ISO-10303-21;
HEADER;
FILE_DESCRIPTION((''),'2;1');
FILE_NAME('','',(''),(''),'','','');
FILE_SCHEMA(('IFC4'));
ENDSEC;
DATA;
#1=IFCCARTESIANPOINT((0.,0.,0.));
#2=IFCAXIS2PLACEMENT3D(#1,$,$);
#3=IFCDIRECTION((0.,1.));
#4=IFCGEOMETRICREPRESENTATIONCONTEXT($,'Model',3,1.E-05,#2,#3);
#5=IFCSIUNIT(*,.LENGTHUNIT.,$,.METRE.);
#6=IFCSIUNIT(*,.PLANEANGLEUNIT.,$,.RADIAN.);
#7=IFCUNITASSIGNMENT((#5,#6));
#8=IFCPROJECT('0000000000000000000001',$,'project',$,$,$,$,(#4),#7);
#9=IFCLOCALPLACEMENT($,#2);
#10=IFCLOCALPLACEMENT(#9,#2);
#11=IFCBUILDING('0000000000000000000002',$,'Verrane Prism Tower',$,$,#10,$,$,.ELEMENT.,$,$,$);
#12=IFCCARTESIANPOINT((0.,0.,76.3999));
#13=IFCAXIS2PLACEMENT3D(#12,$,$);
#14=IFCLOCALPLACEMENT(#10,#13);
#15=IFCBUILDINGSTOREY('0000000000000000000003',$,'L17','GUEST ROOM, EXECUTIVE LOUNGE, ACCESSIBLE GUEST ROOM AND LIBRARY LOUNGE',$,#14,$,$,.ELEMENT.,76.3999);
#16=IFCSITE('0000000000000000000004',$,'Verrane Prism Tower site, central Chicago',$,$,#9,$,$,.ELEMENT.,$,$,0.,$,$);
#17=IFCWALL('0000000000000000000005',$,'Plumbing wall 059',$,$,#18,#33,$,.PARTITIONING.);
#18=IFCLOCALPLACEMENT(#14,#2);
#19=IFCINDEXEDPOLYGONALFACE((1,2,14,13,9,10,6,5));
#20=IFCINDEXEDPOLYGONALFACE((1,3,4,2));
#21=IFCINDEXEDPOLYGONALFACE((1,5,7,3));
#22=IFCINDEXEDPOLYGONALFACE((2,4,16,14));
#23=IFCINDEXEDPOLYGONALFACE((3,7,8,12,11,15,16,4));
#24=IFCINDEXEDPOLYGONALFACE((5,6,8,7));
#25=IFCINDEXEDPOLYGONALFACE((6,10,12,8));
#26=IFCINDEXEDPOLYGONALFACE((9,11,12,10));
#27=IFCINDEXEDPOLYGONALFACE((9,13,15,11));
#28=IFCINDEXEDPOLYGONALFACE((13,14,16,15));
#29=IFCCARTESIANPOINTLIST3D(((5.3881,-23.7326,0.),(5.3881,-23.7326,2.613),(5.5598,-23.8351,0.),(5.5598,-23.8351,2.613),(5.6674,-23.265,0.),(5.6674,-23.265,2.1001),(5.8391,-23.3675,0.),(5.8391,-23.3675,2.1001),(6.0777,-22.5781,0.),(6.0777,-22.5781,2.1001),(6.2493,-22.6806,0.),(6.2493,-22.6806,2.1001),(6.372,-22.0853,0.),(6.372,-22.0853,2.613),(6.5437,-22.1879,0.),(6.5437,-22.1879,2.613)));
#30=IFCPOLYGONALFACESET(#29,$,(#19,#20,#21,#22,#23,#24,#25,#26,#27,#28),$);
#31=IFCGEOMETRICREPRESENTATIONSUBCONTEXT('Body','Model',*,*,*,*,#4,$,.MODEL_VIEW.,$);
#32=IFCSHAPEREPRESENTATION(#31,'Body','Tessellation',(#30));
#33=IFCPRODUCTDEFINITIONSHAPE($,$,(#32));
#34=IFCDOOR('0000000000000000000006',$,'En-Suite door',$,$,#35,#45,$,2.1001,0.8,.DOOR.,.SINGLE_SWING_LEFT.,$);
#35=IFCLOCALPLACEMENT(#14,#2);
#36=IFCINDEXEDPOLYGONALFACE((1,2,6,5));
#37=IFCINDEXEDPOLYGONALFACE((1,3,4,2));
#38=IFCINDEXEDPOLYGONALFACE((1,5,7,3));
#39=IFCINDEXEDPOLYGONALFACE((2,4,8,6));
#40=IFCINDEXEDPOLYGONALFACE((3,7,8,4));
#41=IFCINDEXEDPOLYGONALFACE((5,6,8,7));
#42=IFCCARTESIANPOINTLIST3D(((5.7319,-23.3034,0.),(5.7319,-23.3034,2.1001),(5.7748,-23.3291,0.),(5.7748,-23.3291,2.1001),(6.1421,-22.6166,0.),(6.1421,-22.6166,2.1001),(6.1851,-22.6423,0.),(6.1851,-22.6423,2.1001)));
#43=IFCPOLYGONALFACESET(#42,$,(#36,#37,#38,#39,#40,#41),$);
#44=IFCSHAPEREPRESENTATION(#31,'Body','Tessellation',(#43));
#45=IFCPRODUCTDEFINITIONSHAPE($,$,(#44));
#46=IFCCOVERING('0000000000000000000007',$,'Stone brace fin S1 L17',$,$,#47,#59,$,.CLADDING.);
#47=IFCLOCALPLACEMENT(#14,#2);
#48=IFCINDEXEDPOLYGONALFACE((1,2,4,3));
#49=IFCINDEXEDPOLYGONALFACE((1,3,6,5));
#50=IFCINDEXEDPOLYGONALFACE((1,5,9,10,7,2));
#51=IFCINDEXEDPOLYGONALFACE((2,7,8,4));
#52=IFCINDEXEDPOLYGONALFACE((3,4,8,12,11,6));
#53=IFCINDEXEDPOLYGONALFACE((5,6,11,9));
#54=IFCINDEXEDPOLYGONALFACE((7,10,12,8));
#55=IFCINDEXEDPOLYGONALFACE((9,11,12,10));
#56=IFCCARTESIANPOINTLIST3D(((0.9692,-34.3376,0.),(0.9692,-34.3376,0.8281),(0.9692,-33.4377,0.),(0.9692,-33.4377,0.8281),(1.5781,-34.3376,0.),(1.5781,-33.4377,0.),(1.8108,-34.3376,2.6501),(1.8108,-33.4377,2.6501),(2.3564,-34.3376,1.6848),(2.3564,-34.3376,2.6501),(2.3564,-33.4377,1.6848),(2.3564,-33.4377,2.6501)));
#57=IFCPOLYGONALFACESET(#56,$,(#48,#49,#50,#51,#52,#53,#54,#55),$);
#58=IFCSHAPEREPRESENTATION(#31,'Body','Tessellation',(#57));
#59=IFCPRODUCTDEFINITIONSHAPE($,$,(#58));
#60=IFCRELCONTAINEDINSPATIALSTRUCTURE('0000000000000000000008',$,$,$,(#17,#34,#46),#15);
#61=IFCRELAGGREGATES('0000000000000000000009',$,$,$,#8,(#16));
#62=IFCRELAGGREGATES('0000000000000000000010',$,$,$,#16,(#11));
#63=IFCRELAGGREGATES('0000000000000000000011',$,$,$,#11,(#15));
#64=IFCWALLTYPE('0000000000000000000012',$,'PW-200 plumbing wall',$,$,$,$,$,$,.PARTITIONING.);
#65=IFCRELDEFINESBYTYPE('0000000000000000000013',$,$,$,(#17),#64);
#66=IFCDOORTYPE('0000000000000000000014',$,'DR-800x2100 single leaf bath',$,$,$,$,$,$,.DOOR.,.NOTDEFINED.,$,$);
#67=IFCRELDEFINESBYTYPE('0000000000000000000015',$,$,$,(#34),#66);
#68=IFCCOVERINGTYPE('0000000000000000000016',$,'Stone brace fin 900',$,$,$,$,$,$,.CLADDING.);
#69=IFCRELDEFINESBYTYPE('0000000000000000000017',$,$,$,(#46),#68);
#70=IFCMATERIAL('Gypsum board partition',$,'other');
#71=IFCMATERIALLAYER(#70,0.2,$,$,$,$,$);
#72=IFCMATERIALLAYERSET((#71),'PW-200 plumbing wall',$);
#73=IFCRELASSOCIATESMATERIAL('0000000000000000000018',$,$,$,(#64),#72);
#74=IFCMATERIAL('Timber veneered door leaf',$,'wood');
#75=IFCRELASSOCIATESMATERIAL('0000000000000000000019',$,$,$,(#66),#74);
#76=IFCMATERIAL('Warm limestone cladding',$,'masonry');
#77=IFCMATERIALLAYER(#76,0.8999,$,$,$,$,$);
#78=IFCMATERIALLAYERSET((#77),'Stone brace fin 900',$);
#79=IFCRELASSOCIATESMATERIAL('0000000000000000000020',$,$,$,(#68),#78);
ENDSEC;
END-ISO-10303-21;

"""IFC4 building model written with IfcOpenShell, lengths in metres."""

from ifc_helpers import new_model, si_unit, direction, frame, frame_2d, origin, place, context, subcontext, project, spatial, polyline, rectangle, outline, extrude, material, layer, layer_set, type_object, element, fill, save


model = new_model("IFC4")

# Units and contexts
model_context = context("Model", 3, precision=1e-05, world=origin(), true_north=direction((0.0, 1.0)))
body_context = subcontext(model_context, "Body", "Model", "MODEL_VIEW")
ifc_project = project(units=[si_unit("LENGTHUNIT", "METRE"), si_unit("PLANEANGLEUNIT", "RADIAN")], contexts=[model_context])

# Site, building, storey
site_placement = place(None, origin())
site = spatial("IfcSite", under=ifc_project, at=site_placement, Name="Verrane Prism Tower site, central Chicago", CompositionType="ELEMENT", RefElevation=0.0)
building_placement = place(site_placement, origin())
building = spatial("IfcBuilding", under=site, at=building_placement, Name="Verrane Prism Tower", CompositionType="ELEMENT")
storey_placement = place(building_placement, frame((0.0, 0.0, 76.3999)))
storey = spatial("IfcBuildingStorey", under=building, at=storey_placement, Name="L17", Description="GUEST ROOM, EXECUTIVE LOUNGE, ACCESSIBLE GUEST ROOM AND LIBRARY LOUNGE", CompositionType="ELEMENT", Elevation=76.3999)

# Shared definitions
ifc_material_1 = material(Name="Gypsum board partition", Category="other")
ifc_layer_1 = layer(ifc_material_1, 0.2)
ifc_layer_set_1 = layer_set([ifc_layer_1], Name="PW-200 plumbing wall")
wall_type_1 = type_object("IfcWallType", Name="PW-200 plumbing wall", PredefinedType="PARTITIONING", material=ifc_layer_set_1)

# Wall, opening, door
wall_1_placement = place(storey_placement, frame((5.4739, -23.7839, 0.0), z_axis=(0.0, 0.0, 1.0), x_axis=(0.512792, 0.858513, 0.0)))
wall_1 = element("IfcWall", 1, at=wall_1_placement, inside=storey, type_object=wall_type_1, Name="Plumbing wall 059", PredefinedType="PARTITIONING", context=body_context, shape_type="SweptSolid", body=[
    extrude(rectangle(XDim=1.9187, YDim=0.2, at=frame_2d((0.9595, 0.0))), origin(), (0.0, 0.0, 1.0), 2.613),
])
opening_1_placement = place(wall_1_placement, frame((0.5449, 0.0, 0.0)))
opening_1 = element("IfcOpeningElement", 2, at=opening_1_placement, cuts=wall_1, PredefinedType="OPENING", context=body_context, shape_type="SweptSolid", body=[
    extrude(rectangle(XDim=0.8, YDim=2.1001, at=frame_2d((0.3999, 1.05))), frame((0.0, 0.1099, 0.0), z_axis=(0.0, -1.0, 0.0), x_axis=(1.0, 0.0, 0.0)), (0.0, 0.0, 1.0), 0.22),
])
ifc_material_2 = material(Name="Timber veneered door leaf", Category="wood")
door_type_1 = type_object("IfcDoorType", Name="DR-800x2100 single leaf bath", OperationType="NOTDEFINED", PredefinedType="DOOR", material=ifc_material_2)
door_1_placement = place(opening_1_placement, origin())
door_1 = element("IfcDoor", 3, at=door_1_placement, inside=storey, type_object=door_type_1, Name="En-Suite door", OperationType="SINGLE_SWING_LEFT", OverallHeight=2.1001, OverallWidth=0.8, PredefinedType="DOOR", context=body_context, shape_type="SweptSolid", body=[
    extrude(rectangle(XDim=0.8, YDim=2.1001, at=frame_2d((0.3999, 1.05))), frame((0.0, 0.0249, 0.0), z_axis=(0.0, -1.0, 0.0), x_axis=(1.0, 0.0, 0.0)), (0.0, 0.0, 1.0), 0.05),
])
fill(opening_1, door_1)

# Covering
ifc_material_3 = material(Name="Warm limestone cladding", Category="masonry")
ifc_layer_2 = layer(ifc_material_3, 0.8999)
ifc_layer_set_2 = layer_set([ifc_layer_2], Name="Stone brace fin 900")
covering_type = type_object("IfcCoveringType", Name="Stone brace fin 900", PredefinedType="CLADDING", material=ifc_layer_set_2)
covering_placement = place(storey_placement, frame((0.9692, -33.8877, 0.0), z_axis=(0.0, 0.0, 1.0), x_axis=(1.0, 0.0, 0.0)))
element("IfcCovering", 4, at=covering_placement, inside=storey, type_object=covering_type, Name="Stone brace fin S1 L17", PredefinedType="CLADDING", context=body_context, shape_type="SweptSolid", body=[
    extrude(outline(polyline([(1.3872, 2.6501), (0.8416, 2.6501), (0.0, 0.8281), (0.0, 0.0), (0.6089, 0.0), (1.3872, 1.6848), (1.3872, 2.6501)])), frame((0.0, 0.45, 0.0), z_axis=(0.0, -1.0, 0.0), x_axis=(1.0, 0.0, 0.0)), (0.0, 0.0, 1.0), 0.8999),
])

save(model, "model.ifc")
